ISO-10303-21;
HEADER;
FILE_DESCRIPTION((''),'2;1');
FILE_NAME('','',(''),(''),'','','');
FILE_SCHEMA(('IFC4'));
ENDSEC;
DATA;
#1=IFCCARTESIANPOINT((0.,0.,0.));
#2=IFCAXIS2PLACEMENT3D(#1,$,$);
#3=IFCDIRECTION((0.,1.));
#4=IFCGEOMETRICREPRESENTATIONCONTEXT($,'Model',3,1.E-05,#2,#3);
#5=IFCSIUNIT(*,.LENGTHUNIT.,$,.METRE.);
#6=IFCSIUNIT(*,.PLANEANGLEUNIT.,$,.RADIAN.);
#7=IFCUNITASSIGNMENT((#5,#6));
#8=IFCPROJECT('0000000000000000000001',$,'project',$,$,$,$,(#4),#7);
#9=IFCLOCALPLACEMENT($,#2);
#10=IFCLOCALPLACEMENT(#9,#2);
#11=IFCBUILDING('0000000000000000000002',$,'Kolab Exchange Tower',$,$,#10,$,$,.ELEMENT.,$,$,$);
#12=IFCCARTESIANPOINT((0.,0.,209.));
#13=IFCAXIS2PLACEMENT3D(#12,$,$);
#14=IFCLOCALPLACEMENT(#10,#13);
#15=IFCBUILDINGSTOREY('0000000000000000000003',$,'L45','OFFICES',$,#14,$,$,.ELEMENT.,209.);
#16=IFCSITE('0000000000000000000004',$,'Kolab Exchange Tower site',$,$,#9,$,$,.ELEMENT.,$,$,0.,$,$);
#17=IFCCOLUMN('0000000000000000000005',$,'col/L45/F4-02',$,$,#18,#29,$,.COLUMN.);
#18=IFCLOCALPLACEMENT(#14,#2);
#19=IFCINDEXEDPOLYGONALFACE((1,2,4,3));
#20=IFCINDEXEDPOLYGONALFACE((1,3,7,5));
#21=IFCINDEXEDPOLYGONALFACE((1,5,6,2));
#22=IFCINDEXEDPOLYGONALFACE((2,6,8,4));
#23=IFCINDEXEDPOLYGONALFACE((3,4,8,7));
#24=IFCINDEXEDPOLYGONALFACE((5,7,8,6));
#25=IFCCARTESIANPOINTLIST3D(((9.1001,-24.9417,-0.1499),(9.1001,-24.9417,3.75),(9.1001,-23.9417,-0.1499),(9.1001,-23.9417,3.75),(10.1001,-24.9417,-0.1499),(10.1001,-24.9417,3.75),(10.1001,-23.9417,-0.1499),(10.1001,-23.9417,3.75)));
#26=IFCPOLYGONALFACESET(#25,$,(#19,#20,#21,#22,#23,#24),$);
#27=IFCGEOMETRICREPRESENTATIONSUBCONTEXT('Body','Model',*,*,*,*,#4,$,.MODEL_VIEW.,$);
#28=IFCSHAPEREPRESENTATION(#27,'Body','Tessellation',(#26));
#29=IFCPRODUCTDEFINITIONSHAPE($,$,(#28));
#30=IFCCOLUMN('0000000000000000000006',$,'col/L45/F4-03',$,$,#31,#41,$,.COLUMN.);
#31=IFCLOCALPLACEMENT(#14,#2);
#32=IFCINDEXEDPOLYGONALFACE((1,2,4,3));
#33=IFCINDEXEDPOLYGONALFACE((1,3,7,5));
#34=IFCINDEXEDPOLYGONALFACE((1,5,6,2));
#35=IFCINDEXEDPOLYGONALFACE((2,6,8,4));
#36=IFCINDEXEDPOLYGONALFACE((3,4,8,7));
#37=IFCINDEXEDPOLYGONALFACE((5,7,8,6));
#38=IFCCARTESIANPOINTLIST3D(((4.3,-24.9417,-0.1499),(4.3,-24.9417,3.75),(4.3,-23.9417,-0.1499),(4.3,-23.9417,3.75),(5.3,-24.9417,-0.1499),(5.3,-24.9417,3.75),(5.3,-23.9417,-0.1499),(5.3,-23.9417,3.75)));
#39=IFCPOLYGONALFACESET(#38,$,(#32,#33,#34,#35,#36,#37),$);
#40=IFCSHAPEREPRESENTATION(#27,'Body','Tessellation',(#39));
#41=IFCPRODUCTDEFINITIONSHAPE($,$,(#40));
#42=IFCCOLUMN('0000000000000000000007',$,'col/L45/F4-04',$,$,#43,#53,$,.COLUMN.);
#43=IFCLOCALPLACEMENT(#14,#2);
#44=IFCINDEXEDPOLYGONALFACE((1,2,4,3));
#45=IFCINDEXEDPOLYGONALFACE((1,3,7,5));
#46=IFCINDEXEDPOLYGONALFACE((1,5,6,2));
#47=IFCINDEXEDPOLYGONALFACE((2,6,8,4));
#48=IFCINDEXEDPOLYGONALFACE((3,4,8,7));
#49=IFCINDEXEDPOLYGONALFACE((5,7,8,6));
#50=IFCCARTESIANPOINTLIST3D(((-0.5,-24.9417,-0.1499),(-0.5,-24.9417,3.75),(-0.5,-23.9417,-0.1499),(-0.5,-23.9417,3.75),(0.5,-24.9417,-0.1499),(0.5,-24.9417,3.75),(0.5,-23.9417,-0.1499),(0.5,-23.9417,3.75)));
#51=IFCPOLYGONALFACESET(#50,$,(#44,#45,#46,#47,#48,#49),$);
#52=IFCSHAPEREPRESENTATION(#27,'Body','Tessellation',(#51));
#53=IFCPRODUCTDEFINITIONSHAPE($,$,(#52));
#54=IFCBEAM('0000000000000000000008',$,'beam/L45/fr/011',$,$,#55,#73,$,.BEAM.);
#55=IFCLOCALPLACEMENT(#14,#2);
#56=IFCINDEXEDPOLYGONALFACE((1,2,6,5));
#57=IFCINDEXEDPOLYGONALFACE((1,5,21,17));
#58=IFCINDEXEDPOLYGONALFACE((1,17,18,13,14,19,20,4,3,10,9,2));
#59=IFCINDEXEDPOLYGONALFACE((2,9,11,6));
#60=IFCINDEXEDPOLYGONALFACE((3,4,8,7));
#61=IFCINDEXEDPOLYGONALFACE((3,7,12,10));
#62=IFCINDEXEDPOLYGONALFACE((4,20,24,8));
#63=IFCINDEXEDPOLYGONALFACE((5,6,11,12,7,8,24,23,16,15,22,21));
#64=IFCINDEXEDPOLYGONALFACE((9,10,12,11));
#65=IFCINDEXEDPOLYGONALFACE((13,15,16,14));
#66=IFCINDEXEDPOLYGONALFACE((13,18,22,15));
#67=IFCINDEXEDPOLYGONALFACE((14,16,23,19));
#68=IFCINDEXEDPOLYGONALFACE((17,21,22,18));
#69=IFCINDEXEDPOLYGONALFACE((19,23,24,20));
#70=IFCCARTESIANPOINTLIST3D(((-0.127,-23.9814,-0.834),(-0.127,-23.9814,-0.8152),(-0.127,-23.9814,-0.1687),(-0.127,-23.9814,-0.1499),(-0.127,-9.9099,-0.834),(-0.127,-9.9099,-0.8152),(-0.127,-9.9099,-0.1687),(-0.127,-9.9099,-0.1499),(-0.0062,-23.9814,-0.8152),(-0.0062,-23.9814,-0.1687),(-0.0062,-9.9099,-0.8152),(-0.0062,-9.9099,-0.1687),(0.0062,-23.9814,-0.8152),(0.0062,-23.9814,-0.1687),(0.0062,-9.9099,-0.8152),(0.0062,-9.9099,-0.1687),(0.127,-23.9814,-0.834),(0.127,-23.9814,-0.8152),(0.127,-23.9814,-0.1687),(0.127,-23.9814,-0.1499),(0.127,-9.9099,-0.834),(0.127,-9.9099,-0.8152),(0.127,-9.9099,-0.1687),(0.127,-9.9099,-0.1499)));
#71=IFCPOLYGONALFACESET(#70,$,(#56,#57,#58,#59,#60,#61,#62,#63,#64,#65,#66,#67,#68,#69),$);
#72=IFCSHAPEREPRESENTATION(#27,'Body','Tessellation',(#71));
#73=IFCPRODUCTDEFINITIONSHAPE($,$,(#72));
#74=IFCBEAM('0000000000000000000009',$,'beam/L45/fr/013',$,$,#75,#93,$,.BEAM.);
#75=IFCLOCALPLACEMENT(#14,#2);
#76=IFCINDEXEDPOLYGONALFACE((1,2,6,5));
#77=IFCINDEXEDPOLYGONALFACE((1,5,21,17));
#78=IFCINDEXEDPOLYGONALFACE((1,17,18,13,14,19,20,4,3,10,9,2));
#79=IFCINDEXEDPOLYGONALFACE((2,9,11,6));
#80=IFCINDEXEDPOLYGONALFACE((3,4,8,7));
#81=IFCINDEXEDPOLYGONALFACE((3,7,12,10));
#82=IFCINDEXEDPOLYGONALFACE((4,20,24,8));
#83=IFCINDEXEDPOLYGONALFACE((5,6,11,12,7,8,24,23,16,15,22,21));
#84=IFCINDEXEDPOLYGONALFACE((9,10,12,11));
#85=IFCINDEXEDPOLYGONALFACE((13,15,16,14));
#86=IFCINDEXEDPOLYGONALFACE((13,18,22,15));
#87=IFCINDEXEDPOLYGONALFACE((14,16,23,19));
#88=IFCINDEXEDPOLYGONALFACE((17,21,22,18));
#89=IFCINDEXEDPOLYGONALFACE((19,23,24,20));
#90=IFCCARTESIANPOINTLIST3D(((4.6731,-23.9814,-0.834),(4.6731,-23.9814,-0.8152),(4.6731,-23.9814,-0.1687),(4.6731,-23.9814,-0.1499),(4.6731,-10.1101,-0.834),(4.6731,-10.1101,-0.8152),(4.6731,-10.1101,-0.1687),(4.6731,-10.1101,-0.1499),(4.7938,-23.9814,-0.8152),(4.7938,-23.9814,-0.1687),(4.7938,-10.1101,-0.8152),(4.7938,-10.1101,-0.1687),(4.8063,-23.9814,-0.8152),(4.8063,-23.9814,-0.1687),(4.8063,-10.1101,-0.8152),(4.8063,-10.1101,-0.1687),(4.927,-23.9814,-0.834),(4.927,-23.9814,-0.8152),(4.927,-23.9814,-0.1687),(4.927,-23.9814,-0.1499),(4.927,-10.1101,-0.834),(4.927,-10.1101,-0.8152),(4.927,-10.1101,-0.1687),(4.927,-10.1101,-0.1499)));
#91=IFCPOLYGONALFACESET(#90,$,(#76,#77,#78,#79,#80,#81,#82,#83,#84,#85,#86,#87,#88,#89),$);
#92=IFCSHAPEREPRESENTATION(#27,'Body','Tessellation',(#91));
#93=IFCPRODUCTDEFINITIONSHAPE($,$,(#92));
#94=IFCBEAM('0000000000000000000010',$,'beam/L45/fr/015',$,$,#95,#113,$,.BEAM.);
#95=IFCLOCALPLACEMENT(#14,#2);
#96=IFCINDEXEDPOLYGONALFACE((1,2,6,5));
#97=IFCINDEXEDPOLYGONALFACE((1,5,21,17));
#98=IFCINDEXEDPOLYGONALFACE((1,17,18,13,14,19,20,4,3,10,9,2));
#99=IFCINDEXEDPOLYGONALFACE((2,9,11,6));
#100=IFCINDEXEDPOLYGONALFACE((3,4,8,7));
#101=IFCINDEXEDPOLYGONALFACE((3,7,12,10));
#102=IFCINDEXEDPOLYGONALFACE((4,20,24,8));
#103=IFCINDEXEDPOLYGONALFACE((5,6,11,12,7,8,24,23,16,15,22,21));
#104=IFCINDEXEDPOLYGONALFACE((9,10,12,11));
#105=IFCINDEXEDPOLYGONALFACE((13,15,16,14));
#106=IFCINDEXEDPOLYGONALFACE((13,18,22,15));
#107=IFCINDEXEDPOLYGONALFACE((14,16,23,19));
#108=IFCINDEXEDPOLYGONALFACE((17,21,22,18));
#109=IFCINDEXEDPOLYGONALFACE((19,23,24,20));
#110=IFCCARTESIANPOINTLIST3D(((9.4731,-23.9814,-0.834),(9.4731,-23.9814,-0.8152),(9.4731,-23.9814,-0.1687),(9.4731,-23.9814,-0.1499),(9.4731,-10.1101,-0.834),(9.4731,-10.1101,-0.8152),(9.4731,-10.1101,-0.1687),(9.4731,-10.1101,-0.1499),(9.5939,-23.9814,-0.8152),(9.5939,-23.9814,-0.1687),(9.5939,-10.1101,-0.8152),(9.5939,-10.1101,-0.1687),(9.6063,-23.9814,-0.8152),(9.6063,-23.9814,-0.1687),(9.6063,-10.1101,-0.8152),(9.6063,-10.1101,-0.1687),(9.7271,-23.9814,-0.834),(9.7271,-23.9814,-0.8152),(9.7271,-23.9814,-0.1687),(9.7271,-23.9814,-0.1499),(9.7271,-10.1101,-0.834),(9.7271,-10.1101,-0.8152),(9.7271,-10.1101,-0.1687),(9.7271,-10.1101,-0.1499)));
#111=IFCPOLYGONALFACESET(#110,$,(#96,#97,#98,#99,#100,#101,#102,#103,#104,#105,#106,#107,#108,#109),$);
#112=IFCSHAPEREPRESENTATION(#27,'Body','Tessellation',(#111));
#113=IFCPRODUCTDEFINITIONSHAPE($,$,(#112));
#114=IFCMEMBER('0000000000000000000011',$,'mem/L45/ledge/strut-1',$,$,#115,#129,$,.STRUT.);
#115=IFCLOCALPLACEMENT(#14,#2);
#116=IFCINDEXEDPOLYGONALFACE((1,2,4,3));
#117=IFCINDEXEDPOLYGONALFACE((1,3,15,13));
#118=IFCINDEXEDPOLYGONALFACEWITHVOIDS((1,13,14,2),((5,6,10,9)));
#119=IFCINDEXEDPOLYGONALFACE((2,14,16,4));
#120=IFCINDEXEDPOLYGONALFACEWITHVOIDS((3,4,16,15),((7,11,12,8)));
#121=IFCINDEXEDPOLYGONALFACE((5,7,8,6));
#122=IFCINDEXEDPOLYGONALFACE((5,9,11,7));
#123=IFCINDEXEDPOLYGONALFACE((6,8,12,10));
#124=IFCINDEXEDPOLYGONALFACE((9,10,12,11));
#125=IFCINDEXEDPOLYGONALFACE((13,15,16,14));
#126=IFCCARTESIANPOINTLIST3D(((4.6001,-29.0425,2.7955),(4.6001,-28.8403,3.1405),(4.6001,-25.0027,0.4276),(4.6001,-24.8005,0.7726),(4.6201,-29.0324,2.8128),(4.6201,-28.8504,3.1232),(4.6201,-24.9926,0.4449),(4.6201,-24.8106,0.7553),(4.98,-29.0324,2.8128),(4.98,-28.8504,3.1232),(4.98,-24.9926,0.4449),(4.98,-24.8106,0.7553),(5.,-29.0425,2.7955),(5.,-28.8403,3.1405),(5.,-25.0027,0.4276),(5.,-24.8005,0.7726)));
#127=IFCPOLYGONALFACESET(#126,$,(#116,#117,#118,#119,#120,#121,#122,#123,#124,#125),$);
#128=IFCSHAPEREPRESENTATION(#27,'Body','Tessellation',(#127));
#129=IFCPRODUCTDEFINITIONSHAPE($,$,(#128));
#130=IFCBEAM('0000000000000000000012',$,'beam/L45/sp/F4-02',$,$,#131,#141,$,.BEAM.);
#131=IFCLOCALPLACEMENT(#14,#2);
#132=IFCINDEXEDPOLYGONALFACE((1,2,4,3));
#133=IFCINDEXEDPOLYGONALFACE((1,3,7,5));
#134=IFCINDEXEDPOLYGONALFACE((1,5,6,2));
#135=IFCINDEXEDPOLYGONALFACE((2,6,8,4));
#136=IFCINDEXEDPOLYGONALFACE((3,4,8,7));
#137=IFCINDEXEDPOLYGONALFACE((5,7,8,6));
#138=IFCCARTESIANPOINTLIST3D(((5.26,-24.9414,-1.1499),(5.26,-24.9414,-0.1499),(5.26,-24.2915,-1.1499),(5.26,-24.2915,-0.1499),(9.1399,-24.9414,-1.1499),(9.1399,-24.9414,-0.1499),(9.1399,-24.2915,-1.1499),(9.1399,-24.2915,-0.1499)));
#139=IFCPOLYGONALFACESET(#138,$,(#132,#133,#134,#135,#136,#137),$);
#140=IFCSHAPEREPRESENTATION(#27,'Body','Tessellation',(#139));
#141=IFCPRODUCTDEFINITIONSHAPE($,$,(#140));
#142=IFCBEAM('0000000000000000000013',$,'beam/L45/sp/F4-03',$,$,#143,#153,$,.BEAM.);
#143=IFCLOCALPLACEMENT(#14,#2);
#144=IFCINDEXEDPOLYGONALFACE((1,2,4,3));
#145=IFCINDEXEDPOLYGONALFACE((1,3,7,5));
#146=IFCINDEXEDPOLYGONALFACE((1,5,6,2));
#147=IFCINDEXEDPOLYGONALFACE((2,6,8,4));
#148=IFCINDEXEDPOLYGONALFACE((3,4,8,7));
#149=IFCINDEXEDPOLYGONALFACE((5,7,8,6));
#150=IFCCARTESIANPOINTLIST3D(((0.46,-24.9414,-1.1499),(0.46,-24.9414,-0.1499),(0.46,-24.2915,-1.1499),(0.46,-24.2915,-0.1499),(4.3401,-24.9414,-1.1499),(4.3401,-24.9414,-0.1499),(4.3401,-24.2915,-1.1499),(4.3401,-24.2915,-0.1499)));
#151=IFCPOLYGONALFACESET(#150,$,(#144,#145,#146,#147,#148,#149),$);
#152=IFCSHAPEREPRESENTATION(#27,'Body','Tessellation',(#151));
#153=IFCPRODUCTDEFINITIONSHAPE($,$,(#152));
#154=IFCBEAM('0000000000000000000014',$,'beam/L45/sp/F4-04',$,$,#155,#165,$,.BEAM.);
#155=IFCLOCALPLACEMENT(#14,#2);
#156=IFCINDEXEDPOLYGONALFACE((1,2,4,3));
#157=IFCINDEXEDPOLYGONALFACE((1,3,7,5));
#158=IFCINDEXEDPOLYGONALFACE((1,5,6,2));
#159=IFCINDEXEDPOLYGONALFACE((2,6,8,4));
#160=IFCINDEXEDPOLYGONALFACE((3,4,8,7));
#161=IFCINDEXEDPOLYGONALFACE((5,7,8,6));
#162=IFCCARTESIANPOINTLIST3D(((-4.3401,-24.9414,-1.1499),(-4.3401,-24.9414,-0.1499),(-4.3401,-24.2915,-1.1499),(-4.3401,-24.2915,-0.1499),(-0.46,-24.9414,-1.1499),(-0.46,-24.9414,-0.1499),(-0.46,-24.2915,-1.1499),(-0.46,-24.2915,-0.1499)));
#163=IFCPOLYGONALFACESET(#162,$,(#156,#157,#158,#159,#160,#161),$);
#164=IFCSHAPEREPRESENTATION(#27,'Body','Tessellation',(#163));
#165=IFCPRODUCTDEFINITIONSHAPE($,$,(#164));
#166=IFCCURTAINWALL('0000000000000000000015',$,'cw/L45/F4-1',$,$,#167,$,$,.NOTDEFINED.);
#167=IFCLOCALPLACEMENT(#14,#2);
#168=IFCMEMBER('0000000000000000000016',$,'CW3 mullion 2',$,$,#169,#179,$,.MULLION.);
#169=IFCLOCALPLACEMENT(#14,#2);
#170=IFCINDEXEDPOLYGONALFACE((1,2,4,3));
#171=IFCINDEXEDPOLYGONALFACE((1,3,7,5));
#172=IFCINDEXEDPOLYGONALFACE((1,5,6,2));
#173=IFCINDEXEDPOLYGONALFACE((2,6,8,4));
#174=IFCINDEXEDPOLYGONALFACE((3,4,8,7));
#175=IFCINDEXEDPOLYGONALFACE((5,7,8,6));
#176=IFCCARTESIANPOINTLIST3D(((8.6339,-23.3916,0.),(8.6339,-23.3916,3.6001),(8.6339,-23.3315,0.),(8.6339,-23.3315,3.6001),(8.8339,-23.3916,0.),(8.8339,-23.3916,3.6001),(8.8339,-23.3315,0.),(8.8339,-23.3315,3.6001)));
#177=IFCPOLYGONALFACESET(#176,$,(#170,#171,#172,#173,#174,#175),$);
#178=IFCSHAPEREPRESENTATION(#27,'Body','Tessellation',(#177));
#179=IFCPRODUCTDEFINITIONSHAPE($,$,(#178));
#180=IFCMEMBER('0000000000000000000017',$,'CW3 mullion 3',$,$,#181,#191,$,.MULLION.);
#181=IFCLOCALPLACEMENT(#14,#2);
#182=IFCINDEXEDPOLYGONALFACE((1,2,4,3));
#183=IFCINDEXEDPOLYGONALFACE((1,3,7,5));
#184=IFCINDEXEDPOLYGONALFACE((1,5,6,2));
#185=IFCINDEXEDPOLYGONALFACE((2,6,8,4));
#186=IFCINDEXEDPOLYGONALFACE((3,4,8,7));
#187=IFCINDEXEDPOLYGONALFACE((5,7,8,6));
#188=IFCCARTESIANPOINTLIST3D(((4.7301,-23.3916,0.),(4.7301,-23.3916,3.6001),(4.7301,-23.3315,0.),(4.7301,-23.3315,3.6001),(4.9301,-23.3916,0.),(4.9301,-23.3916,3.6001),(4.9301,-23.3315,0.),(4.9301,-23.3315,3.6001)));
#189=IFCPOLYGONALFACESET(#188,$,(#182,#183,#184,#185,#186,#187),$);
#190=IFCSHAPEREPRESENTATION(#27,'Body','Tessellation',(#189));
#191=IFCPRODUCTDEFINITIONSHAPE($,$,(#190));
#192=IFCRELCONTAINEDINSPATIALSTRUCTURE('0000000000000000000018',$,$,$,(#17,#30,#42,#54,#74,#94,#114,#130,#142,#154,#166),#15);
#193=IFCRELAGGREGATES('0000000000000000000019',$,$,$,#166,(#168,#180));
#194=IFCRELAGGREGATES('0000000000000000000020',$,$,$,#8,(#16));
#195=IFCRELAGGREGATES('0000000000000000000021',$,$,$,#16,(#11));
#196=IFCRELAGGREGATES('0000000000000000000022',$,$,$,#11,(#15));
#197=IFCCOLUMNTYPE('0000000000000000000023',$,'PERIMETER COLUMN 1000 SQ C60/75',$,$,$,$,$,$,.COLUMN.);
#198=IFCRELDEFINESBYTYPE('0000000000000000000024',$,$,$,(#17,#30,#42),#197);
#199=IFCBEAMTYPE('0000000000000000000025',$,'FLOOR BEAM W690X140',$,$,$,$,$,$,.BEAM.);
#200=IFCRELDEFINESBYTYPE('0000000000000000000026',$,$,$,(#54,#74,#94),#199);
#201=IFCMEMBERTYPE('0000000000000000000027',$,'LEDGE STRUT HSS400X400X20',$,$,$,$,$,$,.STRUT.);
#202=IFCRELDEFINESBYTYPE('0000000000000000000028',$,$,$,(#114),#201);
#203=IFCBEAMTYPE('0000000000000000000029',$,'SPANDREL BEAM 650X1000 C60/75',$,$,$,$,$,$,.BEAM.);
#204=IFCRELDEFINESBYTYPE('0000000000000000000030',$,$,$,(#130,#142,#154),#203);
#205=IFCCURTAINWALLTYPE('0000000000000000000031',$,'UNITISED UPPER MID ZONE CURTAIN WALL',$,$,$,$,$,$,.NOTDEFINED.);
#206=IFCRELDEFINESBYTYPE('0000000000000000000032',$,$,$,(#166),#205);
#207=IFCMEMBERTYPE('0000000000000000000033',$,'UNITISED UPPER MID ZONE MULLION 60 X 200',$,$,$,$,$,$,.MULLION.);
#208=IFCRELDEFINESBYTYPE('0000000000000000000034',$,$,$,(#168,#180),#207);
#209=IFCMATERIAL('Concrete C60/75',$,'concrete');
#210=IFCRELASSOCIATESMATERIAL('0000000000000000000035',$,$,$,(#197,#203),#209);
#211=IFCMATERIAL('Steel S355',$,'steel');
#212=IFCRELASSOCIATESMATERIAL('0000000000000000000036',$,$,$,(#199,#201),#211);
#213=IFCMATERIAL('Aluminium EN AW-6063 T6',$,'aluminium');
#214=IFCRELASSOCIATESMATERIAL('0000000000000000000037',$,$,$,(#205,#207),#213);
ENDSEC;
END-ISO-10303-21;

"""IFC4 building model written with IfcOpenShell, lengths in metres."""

from ifc_helpers import new_model, si_unit, direction, frame, origin, origin_2d, place, context, subcontext, project, spatial, rectangle, hollow_rectangle, i_section, extrude, material, material_profile, profile_set, type_object, element, aggregate, save


model = new_model("IFC4")

# Units and contexts
model_context = context("Model", 3, precision=1e-05, world=origin(), true_north=direction((0.0, 1.0)))
body_context = subcontext(model_context, "Body", "Model", "MODEL_VIEW")
ifc_project = project(units=[si_unit("LENGTHUNIT", "METRE"), si_unit("PLANEANGLEUNIT", "RADIAN")], contexts=[model_context])

# Site, building, storey
site_placement = place(None, origin())
site = spatial("IfcSite", under=ifc_project, at=site_placement, Name="Kolab Exchange Tower site", CompositionType="ELEMENT", RefElevation=0.0)
building_placement = place(site_placement, origin())
building = spatial("IfcBuilding", under=site, at=building_placement, Name="Kolab Exchange Tower", CompositionType="ELEMENT")
storey_placement = place(building_placement, frame((0.0, 0.0, 209.0)))
storey = spatial("IfcBuildingStorey", under=building, at=storey_placement, Name="L45", Description="OFFICES", CompositionType="ELEMENT", Elevation=209.0)

# Columns
ifc_material_1 = material(Name="Concrete C60/75", Category="concrete")
ifc_material_profile_1 = material_profile(ifc_material_1, rectangle(XDim=1.0, YDim=1.0, at=origin_2d()), Name="RC1000")
ifc_profile_set_1 = profile_set([ifc_material_profile_1], Name="Concrete C60/75")
column_type = type_object("IfcColumnType", Name="PERIMETER COLUMN 1000 SQ C60/75", PredefinedType="COLUMN", material=ifc_profile_set_1)
for number, where, z_axis, x_axis, name in (
    (1, (9.6001, -24.4417, -0.1499), (0.0, 0.0, 1.0), (1.0, 0.0, 0.0), "col/L45/F4-02"),
    (2, (4.8, -24.4417, -0.1499), (0.0, 0.0, 1.0), (1.0, 0.0, 0.0), "col/L45/F4-03"),
    (3, (0.0, -24.4417, -0.1499), (0.0, 0.0, 1.0), (1.0, 0.0, 0.0), "col/L45/F4-04"),
):
    element("IfcColumn", number, at=place(storey_placement, frame(where, z_axis=z_axis, x_axis=x_axis)), inside=storey, type_object=column_type, Name=name, PredefinedType="COLUMN", context=body_context, shape_type="SweptSolid", body=[
        extrude(rectangle(XDim=1.0, YDim=1.0, at=origin_2d()), origin(), (0.0, 0.0, 1.0), 3.8999),
    ])

# Beams
ifc_material_2 = material(Name="Steel S355", Category="steel")
ifc_material_profile_2 = material_profile(ifc_material_2, i_section(OverallWidth=0.2539, OverallDepth=0.6841, WebThickness=0.0125, FlangeThickness=0.0188, at=origin_2d()), Name="W690X140")
ifc_profile_set_2 = profile_set([ifc_material_profile_2], Name="Steel S355")
beam_type_1 = type_object("IfcBeamType", Name="FLOOR BEAM W690X140", PredefinedType="BEAM", material=ifc_profile_set_2)
beam_1_placement = place(storey_placement, frame((0.0, -23.9814, -0.4919), z_axis=(0.0, 1.0, 0.0), x_axis=(-1.0, 0.0, 0.0)))
element("IfcBeam", 4, at=beam_1_placement, inside=storey, type_object=beam_type_1, Name="beam/L45/fr/011", PredefinedType="BEAM", context=body_context, shape_type="SweptSolid", body=[
    extrude(i_section(OverallWidth=0.2539, OverallDepth=0.6841, WebThickness=0.0125, FlangeThickness=0.0188, at=origin_2d()), origin(), (0.0, 0.0, 1.0), 14.0715),
])
for number, where, z_axis, x_axis, name in (
    (5, (4.8, -23.9814, -0.4919), (0.0, 1.0, 0.0), (-1.0, 0.0, 0.0), "beam/L45/fr/013"),
    (6, (9.6001, -23.9814, -0.4919), (0.0, 1.0, 0.0), (-1.0, 0.0, 0.0), "beam/L45/fr/015"),
):
    element("IfcBeam", number, at=place(storey_placement, frame(where, z_axis=z_axis, x_axis=x_axis)), inside=storey, type_object=beam_type_1, Name=name, PredefinedType="BEAM", context=body_context, shape_type="SweptSolid", body=[
        extrude(i_section(OverallWidth=0.2539, OverallDepth=0.6841, WebThickness=0.0125, FlangeThickness=0.0188, at=origin_2d()), origin(), (0.0, 0.0, 1.0), 13.8713),
    ])

# Member
ifc_material_profile_3 = material_profile(ifc_material_2, hollow_rectangle(XDim=0.3999, YDim=0.3999, WallThickness=0.02, at=origin_2d()), Name="HSS400X400X20")
ifc_profile_set_3 = profile_set([ifc_material_profile_3], Name="Steel S355")
member_type_1 = type_object("IfcMemberType", Name="LEDGE STRUT HSS400X400X20", PredefinedType="STRUT", material=ifc_profile_set_3)
member_1_placement = place(storey_placement, frame((4.8, -24.9016, 0.6001), z_axis=(0.0, -0.86272, 0.505682), x_axis=(1.0, 0.0, 0.0)))
element("IfcMember", 7, at=member_1_placement, inside=storey, type_object=member_type_1, Name="mem/L45/ledge/strut-1", PredefinedType="STRUT", context=body_context, shape_type="SweptSolid", body=[
    extrude(hollow_rectangle(XDim=0.3999, YDim=0.3999, WallThickness=0.02, at=origin_2d()), origin(), (0.0, 0.0, 1.0), 4.6826),
])

# Beams
ifc_material_profile_4 = material_profile(ifc_material_1, rectangle(XDim=0.6499, YDim=1.0, at=origin_2d()), Name="RC650X1000")
ifc_profile_set_4 = profile_set([ifc_material_profile_4], Name="Concrete C60/75")
beam_type_2 = type_object("IfcBeamType", Name="SPANDREL BEAM 650X1000 C60/75", PredefinedType="BEAM", material=ifc_profile_set_4)
beam_2_placement = place(storey_placement, frame((9.1399, -24.6165, -0.6499), z_axis=(-1.0, 0.0, 0.0), x_axis=(0.0, -1.0, 0.0)))
element("IfcBeam", 8, at=beam_2_placement, inside=storey, type_object=beam_type_2, Name="beam/L45/sp/F4-02", PredefinedType="BEAM", context=body_context, shape_type="SweptSolid", body=[
    extrude(rectangle(XDim=0.6499, YDim=1.0, at=origin_2d()), origin(), (0.0, 0.0, 1.0), 3.8799),
])
for number, where, z_axis, x_axis, name in (
    (9, (4.3401, -24.6165, -0.6499), (-1.0, 0.0, 0.0), (0.0, -1.0, 0.0), "beam/L45/sp/F4-03"),
    (10, (-0.46, -24.6165, -0.6499), (-1.0, 0.0, 0.0), (0.0, -1.0, 0.0), "beam/L45/sp/F4-04"),
):
    element("IfcBeam", number, at=place(storey_placement, frame(where, z_axis=z_axis, x_axis=x_axis)), inside=storey, type_object=beam_type_2, Name=name, PredefinedType="BEAM", context=body_context, shape_type="SweptSolid", body=[
        extrude(rectangle(XDim=0.6499, YDim=1.0, at=origin_2d()), origin(), (0.0, 0.0, 1.0), 3.8801),
    ])

# Curtain wall, members
ifc_material_3 = material(Name="Aluminium EN AW-6063 T6", Category="aluminium")
curtain_wall_type = type_object("IfcCurtainWallType", Name="UNITISED UPPER MID ZONE CURTAIN WALL", PredefinedType="NOTDEFINED", material=ifc_material_3)
curtain_wall_1_placement = place(storey_placement, origin())
curtain_wall_1 = element("IfcCurtainWall", 11, at=curtain_wall_1_placement, inside=storey, type_object=curtain_wall_type, Name="cw/L45/F4-1", PredefinedType="NOTDEFINED")
ifc_material_profile_5 = material_profile(ifc_material_3, rectangle(XDim=0.0601, YDim=0.2, at=origin_2d()), Name="RECT 60X200")
ifc_profile_set_5 = profile_set([ifc_material_profile_5], Name="Aluminium EN AW-6063 T6")
member_type_2 = type_object("IfcMemberType", Name="UNITISED UPPER MID ZONE MULLION 60 X 200", PredefinedType="MULLION", material=ifc_profile_set_5)
member_2_placement = place(storey_placement, frame((8.7339, -23.3616, 0.0), z_axis=(0.0, 0.0, 1.0), x_axis=(0.0, -1.0, 0.0)))
member_2 = element("IfcMember", 12, at=member_2_placement, type_object=member_type_2, Name="CW3 mullion 2", PredefinedType="MULLION", context=body_context, shape_type="SweptSolid", body=[
    extrude(rectangle(XDim=0.0601, YDim=0.2, at=origin_2d()), origin(), (0.0, 0.0, 1.0), 3.6001),
])
member_3_placement = place(storey_placement, frame((4.8301, -23.3616, 0.0), z_axis=(0.0, 0.0, 1.0), x_axis=(0.0, -1.0, 0.0)))
member_3 = element("IfcMember", 13, at=member_3_placement, type_object=member_type_2, Name="CW3 mullion 3", PredefinedType="MULLION", context=body_context, shape_type="SweptSolid", body=[
    extrude(rectangle(XDim=0.0601, YDim=0.2, at=origin_2d()), origin(), (0.0, 0.0, 1.0), 3.6001),
])

aggregate(curtain_wall_1, [member_2, member_3])

save(model, "model.ifc")
